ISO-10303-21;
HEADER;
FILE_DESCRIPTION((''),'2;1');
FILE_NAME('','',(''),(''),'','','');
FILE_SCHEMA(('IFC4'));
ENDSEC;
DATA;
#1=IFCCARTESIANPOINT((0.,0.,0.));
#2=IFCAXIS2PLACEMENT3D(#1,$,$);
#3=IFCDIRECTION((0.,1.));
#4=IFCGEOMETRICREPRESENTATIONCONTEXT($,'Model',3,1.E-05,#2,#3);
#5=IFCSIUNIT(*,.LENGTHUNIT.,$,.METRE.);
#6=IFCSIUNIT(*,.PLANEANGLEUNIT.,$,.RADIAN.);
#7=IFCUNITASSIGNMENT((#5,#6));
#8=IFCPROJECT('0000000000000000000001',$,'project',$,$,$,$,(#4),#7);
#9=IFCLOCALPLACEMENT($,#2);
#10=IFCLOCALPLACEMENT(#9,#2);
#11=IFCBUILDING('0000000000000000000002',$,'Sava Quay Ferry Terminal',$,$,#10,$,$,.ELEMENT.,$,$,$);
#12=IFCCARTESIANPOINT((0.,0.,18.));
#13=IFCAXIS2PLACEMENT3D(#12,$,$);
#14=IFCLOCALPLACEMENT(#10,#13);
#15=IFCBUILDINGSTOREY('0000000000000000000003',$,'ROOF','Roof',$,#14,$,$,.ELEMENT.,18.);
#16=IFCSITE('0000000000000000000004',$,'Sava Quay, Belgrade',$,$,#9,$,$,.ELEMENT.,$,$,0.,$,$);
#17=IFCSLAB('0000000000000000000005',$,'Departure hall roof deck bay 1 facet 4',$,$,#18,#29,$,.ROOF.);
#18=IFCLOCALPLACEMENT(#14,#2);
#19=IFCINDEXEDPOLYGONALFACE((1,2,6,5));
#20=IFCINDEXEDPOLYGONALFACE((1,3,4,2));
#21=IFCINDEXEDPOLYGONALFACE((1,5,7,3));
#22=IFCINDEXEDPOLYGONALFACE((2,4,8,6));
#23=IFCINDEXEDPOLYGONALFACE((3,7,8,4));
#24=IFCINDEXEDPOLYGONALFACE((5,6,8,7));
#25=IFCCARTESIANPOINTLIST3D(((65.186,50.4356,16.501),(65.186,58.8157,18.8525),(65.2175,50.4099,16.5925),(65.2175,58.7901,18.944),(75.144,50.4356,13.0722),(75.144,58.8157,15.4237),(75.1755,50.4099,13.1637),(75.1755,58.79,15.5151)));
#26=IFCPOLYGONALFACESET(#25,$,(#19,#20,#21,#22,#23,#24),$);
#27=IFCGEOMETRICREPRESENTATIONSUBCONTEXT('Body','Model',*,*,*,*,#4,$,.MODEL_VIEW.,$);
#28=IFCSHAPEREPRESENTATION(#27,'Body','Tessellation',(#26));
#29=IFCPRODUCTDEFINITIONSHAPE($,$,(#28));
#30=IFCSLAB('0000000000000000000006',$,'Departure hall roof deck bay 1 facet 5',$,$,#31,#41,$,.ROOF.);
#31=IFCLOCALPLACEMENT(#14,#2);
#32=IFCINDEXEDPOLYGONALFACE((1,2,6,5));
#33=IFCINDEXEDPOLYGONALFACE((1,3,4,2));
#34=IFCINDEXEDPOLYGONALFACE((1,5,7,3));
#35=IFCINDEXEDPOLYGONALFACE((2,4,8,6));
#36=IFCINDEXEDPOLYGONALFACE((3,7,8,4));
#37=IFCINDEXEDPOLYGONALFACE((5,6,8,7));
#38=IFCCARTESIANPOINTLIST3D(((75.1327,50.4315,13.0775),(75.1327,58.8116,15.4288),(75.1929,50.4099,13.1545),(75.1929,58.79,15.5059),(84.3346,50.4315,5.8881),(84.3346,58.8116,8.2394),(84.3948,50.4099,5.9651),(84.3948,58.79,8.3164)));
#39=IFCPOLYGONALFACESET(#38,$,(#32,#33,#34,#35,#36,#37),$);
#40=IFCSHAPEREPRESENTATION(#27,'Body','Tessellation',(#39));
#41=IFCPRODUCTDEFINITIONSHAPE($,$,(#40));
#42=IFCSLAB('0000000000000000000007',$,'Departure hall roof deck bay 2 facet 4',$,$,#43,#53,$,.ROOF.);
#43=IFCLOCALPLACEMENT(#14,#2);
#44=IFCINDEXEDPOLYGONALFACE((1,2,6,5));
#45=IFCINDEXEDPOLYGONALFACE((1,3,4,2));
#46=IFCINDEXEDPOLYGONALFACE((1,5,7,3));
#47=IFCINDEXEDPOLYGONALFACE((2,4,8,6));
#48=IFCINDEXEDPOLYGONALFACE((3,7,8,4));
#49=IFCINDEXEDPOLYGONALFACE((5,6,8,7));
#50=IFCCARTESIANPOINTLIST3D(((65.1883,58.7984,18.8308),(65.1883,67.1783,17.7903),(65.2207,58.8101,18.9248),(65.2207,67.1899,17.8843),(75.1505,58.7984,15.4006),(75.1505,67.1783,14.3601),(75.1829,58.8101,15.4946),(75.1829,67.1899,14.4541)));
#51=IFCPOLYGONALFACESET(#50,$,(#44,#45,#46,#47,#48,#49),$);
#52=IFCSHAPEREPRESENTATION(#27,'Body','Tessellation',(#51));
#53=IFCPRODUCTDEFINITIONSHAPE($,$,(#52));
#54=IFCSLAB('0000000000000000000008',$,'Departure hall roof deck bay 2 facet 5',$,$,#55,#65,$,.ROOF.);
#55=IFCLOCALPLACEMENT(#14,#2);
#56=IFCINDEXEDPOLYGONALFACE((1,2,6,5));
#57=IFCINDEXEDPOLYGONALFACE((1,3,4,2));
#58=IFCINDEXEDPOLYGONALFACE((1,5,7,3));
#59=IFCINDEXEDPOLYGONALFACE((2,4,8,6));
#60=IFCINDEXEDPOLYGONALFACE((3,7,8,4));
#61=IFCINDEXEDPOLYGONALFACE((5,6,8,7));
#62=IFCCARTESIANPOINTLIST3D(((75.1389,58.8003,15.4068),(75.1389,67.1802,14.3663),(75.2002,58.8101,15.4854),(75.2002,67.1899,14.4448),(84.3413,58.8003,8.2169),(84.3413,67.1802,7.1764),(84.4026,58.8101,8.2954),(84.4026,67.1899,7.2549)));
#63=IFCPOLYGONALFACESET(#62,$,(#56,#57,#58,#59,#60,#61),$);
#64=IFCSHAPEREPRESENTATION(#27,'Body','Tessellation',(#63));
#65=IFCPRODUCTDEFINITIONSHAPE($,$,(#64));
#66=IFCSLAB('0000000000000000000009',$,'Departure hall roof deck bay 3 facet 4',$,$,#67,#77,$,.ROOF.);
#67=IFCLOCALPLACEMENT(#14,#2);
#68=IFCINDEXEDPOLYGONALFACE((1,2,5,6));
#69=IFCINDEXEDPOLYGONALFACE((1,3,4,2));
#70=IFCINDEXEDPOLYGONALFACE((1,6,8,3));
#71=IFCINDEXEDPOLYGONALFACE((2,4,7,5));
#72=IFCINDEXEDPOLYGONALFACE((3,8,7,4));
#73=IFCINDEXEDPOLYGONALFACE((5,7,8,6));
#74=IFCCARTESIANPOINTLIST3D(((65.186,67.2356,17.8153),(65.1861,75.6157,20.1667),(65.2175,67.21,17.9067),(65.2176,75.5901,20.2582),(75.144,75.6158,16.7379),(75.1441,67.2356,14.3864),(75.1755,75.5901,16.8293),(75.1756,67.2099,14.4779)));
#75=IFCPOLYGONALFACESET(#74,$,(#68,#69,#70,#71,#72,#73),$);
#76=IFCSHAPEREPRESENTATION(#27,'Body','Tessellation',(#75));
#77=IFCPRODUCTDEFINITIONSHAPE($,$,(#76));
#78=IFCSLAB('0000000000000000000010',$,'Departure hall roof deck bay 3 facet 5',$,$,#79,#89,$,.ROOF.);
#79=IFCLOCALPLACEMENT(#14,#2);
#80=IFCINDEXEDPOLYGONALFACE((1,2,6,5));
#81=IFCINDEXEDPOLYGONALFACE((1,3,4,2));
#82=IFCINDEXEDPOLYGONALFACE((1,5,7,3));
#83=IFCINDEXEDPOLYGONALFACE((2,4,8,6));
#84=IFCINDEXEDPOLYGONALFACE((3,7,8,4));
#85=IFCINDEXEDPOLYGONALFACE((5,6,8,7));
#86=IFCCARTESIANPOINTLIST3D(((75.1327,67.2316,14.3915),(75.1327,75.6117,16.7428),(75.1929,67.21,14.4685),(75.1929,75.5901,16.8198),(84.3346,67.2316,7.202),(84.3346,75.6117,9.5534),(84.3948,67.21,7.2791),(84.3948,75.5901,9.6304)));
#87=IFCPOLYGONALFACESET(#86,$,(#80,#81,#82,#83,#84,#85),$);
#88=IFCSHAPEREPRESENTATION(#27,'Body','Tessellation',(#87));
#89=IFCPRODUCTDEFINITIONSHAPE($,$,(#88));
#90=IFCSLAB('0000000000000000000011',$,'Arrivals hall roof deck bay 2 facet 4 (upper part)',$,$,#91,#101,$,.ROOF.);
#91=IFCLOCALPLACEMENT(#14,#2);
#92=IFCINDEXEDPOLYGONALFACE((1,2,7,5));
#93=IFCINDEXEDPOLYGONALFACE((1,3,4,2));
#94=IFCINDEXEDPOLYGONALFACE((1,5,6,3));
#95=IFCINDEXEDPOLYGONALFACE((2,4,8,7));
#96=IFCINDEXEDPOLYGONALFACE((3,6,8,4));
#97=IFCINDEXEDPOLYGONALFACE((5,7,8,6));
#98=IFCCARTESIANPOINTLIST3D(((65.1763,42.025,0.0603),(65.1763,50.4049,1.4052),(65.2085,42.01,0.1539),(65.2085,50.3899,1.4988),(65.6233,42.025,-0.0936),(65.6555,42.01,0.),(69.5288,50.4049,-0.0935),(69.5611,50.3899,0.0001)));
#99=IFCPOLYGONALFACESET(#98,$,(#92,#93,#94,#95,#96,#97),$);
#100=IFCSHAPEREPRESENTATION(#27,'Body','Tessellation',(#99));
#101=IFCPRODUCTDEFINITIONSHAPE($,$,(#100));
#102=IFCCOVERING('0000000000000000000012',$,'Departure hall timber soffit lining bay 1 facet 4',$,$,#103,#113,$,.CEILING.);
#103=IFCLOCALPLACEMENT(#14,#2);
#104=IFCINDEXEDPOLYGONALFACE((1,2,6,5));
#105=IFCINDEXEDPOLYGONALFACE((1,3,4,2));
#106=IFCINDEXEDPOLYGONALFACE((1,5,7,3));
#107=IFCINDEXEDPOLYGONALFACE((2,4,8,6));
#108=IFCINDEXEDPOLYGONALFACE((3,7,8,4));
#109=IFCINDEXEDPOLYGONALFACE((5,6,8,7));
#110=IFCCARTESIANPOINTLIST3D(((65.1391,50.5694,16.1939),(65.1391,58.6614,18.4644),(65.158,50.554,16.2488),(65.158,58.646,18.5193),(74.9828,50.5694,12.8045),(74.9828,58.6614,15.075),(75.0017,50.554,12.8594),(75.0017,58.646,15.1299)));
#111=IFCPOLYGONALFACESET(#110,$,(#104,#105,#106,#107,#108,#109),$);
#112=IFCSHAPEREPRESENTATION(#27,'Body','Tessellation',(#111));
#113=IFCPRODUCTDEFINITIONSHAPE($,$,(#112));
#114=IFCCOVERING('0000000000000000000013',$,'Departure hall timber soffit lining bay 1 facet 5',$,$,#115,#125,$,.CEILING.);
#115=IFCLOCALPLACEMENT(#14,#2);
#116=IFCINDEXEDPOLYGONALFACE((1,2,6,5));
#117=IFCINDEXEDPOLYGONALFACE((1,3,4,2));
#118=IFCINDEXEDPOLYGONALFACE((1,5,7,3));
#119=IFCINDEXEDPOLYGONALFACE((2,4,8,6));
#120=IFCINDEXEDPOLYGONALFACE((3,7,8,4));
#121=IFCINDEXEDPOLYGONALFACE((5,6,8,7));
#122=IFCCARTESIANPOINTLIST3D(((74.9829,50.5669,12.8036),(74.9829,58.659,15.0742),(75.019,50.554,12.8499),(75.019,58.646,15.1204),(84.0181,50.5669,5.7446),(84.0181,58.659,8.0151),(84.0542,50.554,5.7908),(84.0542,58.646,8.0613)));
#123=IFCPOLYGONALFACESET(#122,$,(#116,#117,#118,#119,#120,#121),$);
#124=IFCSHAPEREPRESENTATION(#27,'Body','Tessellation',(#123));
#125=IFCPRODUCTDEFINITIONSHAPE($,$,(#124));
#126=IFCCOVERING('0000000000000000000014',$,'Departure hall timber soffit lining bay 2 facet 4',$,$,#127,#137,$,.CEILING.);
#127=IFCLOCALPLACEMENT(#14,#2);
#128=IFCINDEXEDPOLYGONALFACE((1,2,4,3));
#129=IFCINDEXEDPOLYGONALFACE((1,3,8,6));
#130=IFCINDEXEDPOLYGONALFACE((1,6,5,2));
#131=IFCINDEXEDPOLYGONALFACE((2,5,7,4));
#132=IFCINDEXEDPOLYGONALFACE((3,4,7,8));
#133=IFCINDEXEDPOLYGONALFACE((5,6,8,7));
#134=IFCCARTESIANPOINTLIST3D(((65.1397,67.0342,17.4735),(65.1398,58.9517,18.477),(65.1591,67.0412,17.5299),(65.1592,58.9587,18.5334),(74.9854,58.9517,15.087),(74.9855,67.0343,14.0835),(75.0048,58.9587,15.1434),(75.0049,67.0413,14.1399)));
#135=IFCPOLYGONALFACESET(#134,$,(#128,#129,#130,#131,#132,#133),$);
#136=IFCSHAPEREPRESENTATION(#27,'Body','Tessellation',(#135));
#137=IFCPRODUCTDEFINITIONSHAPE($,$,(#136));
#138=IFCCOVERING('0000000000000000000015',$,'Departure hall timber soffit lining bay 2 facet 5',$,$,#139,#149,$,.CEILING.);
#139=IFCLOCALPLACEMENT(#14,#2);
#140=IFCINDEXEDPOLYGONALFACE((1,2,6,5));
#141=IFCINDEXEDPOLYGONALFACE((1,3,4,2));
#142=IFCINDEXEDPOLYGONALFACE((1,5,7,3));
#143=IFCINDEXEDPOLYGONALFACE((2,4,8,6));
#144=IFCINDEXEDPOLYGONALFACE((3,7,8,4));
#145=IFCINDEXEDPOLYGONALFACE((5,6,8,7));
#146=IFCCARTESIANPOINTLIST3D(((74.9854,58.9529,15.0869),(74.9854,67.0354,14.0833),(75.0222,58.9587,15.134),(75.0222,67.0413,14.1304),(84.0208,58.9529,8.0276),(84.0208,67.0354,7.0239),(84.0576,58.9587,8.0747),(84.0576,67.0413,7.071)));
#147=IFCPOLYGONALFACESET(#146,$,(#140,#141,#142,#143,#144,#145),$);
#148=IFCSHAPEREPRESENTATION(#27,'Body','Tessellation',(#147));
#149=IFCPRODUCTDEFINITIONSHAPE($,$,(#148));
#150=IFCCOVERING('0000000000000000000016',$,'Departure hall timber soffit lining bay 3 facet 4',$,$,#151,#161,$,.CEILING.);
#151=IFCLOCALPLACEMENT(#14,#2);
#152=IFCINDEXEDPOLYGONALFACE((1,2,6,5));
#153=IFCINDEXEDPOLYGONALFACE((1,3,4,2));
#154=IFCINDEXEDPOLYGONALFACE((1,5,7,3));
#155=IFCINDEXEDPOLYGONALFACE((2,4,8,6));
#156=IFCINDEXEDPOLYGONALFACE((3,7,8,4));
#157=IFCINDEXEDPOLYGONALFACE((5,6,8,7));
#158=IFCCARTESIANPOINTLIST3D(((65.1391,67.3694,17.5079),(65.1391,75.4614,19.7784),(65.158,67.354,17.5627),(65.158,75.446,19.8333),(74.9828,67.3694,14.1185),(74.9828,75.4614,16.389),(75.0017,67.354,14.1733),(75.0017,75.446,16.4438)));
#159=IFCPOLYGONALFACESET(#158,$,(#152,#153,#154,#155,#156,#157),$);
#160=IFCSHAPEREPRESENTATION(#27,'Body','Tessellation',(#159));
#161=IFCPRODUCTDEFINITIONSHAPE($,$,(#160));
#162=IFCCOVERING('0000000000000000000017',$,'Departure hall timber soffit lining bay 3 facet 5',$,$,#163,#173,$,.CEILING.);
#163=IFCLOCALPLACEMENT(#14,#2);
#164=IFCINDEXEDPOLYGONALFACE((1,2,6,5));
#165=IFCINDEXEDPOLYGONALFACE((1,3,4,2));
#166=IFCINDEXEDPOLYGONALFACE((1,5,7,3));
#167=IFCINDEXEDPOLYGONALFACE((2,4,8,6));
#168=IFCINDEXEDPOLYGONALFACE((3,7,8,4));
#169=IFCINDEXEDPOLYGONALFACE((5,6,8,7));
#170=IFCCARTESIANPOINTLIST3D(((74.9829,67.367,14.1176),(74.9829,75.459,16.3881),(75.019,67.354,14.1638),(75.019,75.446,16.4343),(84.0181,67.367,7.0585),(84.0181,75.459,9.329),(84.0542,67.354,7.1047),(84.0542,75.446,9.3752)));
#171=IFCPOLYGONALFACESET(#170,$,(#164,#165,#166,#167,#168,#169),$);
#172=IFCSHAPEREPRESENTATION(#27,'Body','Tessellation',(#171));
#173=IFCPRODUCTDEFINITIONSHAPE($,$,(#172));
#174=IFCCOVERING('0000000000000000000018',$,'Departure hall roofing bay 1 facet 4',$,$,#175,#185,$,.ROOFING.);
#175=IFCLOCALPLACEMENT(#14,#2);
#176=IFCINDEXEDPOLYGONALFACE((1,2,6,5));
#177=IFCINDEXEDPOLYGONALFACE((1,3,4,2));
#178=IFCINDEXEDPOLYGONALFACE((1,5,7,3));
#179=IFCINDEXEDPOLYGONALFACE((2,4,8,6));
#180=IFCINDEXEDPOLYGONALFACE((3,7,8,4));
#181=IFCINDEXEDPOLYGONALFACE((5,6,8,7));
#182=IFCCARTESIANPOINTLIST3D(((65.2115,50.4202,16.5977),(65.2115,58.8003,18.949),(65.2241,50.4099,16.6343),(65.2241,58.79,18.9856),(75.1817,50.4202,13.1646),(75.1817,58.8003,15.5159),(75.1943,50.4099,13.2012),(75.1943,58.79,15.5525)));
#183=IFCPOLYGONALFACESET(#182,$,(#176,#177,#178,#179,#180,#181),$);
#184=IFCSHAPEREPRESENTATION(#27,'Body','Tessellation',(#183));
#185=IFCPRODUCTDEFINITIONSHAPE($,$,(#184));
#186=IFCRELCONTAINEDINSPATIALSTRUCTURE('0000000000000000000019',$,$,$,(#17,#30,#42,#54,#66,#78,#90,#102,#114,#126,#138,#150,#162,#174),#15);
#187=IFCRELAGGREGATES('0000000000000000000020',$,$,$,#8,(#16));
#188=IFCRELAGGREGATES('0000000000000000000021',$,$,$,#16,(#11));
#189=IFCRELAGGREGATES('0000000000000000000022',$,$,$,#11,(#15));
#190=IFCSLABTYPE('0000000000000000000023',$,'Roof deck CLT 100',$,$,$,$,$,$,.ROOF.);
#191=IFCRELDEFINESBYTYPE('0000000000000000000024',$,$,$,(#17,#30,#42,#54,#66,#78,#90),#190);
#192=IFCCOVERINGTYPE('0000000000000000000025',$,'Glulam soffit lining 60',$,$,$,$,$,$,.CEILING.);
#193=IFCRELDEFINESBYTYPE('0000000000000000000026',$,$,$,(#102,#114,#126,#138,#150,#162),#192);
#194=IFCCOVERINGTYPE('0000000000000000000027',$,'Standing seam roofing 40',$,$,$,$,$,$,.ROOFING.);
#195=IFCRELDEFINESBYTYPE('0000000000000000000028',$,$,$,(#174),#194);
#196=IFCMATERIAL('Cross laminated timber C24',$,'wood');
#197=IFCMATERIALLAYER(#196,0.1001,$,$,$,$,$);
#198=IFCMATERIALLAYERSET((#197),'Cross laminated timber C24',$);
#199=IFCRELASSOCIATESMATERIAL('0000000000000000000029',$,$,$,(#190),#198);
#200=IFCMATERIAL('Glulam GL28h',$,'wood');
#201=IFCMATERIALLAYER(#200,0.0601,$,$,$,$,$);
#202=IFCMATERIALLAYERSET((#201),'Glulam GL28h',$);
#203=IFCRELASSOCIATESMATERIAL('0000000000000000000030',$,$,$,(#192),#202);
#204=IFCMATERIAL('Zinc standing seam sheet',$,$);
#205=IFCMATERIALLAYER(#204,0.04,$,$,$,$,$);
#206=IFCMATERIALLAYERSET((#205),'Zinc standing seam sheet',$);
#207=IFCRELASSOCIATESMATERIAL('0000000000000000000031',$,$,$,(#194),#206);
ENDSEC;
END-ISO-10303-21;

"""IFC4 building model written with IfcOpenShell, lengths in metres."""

from ifc_helpers import new_model, si_unit, direction, frame, origin, place, context, subcontext, project, spatial, polyline, outline, extrude, material, layer, layer_set, type_object, element, save


model = new_model("IFC4")

# Units and contexts
model_context = context("Model", 3, precision=1e-05, world=origin(), true_north=direction((0.0, 1.0)))
body_context = subcontext(model_context, "Body", "Model", "MODEL_VIEW")
ifc_project = project(units=[si_unit("LENGTHUNIT", "METRE"), si_unit("PLANEANGLEUNIT", "RADIAN")], contexts=[model_context])

# Site, building, storey
site_placement = place(None, origin())
site = spatial("IfcSite", under=ifc_project, at=site_placement, Name="Sava Quay, Belgrade", CompositionType="ELEMENT", RefElevation=0.0)
building_placement = place(site_placement, origin())
building = spatial("IfcBuilding", under=site, at=building_placement, Name="Sava Quay Ferry Terminal", CompositionType="ELEMENT")
storey_placement = place(building_placement, frame((0.0, 0.0, 18.0)))
storey = spatial("IfcBuildingStorey", under=building, at=storey_placement, Name="ROOF", Description="Roof", CompositionType="ELEMENT", Elevation=18.0)

# Slabs
ifc_material_1 = material(Name="Cross laminated timber C24", Category="wood")
ifc_layer_1 = layer(ifc_material_1, 0.1001)
ifc_layer_set_1 = layer_set([ifc_layer_1], Name="Cross laminated timber C24")
slab_type = type_object("IfcSlabType", Name="Roof deck CLT 100", PredefinedType="ROOF", material=ifc_layer_set_1)
slab_1_placement = place(storey_placement, frame((65.2175, 50.4099, 16.5925), z_axis=(0.314683, -0.256438, 0.913901), x_axis=(-0.000004, 0.962814, 0.270164)))
element("IfcSlab", 1, at=slab_1_placement, inside=storey, type_object=slab_type, Name="Departure hall roof deck bay 1 facet 4", PredefinedType="ROOF", context=body_context, shape_type="SweptSolid", body=[
    extrude(outline(polyline([(0.0, 0.0), (8.7038, 0.0), (7.7774, -10.491), (-0.9264, -10.4909), (0.0, 0.0)])), origin(), (0.0, 0.0, -1.0), 0.1001),
])
slab_2_placement = place(storey_placement, frame((75.1929, 50.4099, 13.1545), z_axis=(0.60115, -0.215887, 0.769423), x_axis=(0.0, 0.962818, 0.27015)))
element("IfcSlab", 2, at=slab_2_placement, inside=storey, type_object=slab_type, Name="Departure hall roof deck bay 1 facet 5", PredefinedType="ROOF", context=body_context, shape_type="SweptSolid", body=[
    extrude(outline(polyline([(0.0, 0.0), (8.7037, 0.0), (6.7615, -11.5148), (-1.9422, -11.5148), (0.0, 0.0)])), origin(), (0.0, 0.0, -1.0), 0.1001),
])
slab_3_placement = place(storey_placement, frame((65.2207, 58.8101, 18.9248), z_axis=(0.323341, 0.116604, 0.939071), x_axis=(0.0, 0.992379, -0.123223)))
element("IfcSlab", 3, at=slab_3_placement, inside=storey, type_object=slab_type, Name="Departure hall roof deck bay 2 facet 4", PredefinedType="ROOF", context=body_context, shape_type="SweptSolid", body=[
    extrude(outline(polyline([(0.0, 0.0), (8.4442, 0.0), (8.8669, -10.5277), (0.4227, -10.5277), (0.0, 0.0)])), origin(), (0.0, 0.0, -1.0), 0.1001),
])
slab_4_placement = place(storey_placement, frame((75.2002, 58.8101, 15.4854), z_axis=(0.612748, 0.097381, 0.784255), x_axis=(0.0, 0.992379, -0.123223)))
element("IfcSlab", 4, at=slab_4_placement, inside=storey, type_object=slab_type, Name="Departure hall roof deck bay 2 facet 5", PredefinedType="ROOF", context=body_context, shape_type="SweptSolid", body=[
    extrude(outline(polyline([(0.0, 0.0), (8.4442, 0.0), (9.3302, -11.6445), (0.886, -11.6445), (0.0, 0.0)])), origin(), (0.0, 0.0, -1.0), 0.1001),
])
slab_5_placement = place(storey_placement, frame((65.2175, 67.21, 17.9067), z_axis=(0.314683, -0.256438, 0.913901), x_axis=(0.000004, 0.962815, 0.270162)))
element("IfcSlab", 5, at=slab_5_placement, inside=storey, type_object=slab_type, Name="Departure hall roof deck bay 3 facet 4", PredefinedType="ROOF", context=body_context, shape_type="SweptSolid", body=[
    extrude(outline(polyline([(0.0, 0.0), (8.7037, 0.0), (7.7775, -10.4909), (-0.9263, -10.491), (0.0, 0.0)])), origin(), (0.0, 0.0, -1.0), 0.1001),
])
slab_6_placement = place(storey_placement, frame((75.1929, 67.21, 14.4685), z_axis=(0.60115, -0.215887, 0.769423), x_axis=(0.0, 0.962818, 0.27015)))
element("IfcSlab", 6, at=slab_6_placement, inside=storey, type_object=slab_type, Name="Departure hall roof deck bay 3 facet 5", PredefinedType="ROOF", context=body_context, shape_type="SweptSolid", body=[
    extrude(outline(polyline([(0.0, 0.0), (8.7037, 0.0), (6.7615, -11.5148), (-1.9422, -11.5148), (0.0, 0.0)])), origin(), (0.0, 0.0, -1.0), 0.1001),
])
slab_7_placement = place(storey_placement, frame((65.2085, 50.3899, 1.4988), z_axis=(0.321878, -0.150026, 0.934819), x_axis=(0.94552, -0.000003, -0.325563)))
element("IfcSlab", 7, at=slab_7_placement, inside=storey, type_object=slab_type, Name="Arrivals hall roof deck bay 2 facet 4 (upper part)", PredefinedType="ROOF", context=body_context, shape_type="SweptSolid", body=[
    extrude(outline(polyline([(0.0, 0.0), (4.6034, 0.0), (0.9106, -8.4758), (0.4379, -8.4758), (0.0, 0.0)])), origin(), (0.0, 0.0, -1.0), 0.1001),
])

# Coverings
ifc_material_2 = material(Name="Glulam GL28h", Category="wood")
ifc_layer_2 = layer(ifc_material_2, 0.0601)
ifc_layer_set_2 = layer_set([ifc_layer_2], Name="Glulam GL28h")
covering_type_1 = type_object("IfcCoveringType", Name="Glulam soffit lining 60", PredefinedType="CEILING", material=ifc_layer_set_2)
covering_1_placement = place(storey_placement, frame((65.158, 50.554, 16.2488), z_axis=(0.314676, -0.256428, 0.913905), x_axis=(0.0, 0.962818, 0.270152)))
element("IfcCovering", 8, at=covering_1_placement, inside=storey, type_object=covering_type_1, Name="Departure hall timber soffit lining bay 1 facet 4", PredefinedType="CEILING", context=body_context, shape_type="SweptSolid", body=[
    extrude(outline(polyline([(0.0, 0.0), (8.4045, 0.0), (7.4889, -10.3706), (-0.9157, -10.3706), (0.0, 0.0)])), origin(), (0.0, 0.0, -1.0), 0.0601),
])
covering_2_placement = place(storey_placement, frame((75.019, 50.554, 12.8499), z_axis=(0.601145, -0.21589, 0.769426), x_axis=(0.0, 0.962818, 0.270152)))
element("IfcCovering", 9, at=covering_2_placement, inside=storey, type_object=covering_type_1, Name="Departure hall timber soffit lining bay 1 facet 5", PredefinedType="CEILING", context=body_context, shape_type="SweptSolid", body=[
    extrude(outline(polyline([(0.0, 0.0), (8.4045, 0.0), (6.4975, -11.3061), (-1.907, -11.3061), (0.0, 0.0)])), origin(), (0.0, 0.0, -1.0), 0.0601),
])
covering_3_placement = place(storey_placement, frame((65.1592, 58.9587, 18.5334), z_axis=(0.323336, 0.116597, 0.939073), x_axis=(-0.000005, 0.99238, -0.123214)))
element("IfcCovering", 10, at=covering_3_placement, inside=storey, type_object=covering_type_1, Name="Departure hall timber soffit lining bay 2 facet 4", PredefinedType="CEILING", context=body_context, shape_type="SweptSolid", body=[
    extrude(outline(polyline([(0.0, 0.0), (8.1446, 0.0), (8.5622, -10.4046), (0.4176, -10.4046), (0.0, 0.0)])), origin(), (0.0, 0.0, -1.0), 0.0601),
])
covering_4_placement = place(storey_placement, frame((75.0222, 58.9587, 15.134), z_axis=(0.61274, 0.097387, 0.784261), x_axis=(0.0, 0.992378, -0.12323)))
element("IfcCovering", 11, at=covering_4_placement, inside=storey, type_object=covering_type_1, Name="Departure hall timber soffit lining bay 2 facet 5", PredefinedType="CEILING", context=body_context, shape_type="SweptSolid", body=[
    extrude(outline(polyline([(0.0, 0.0), (8.1446, 0.0), (9.0145, -11.4331), (0.8699, -11.4331), (0.0, 0.0)])), origin(), (0.0, 0.0, -1.0), 0.0601),
])
covering_5_placement = place(storey_placement, frame((65.158, 67.354, 17.5627), z_axis=(0.314676, -0.256428, 0.913905), x_axis=(0.0, 0.962818, 0.270152)))
element("IfcCovering", 12, at=covering_5_placement, inside=storey, type_object=covering_type_1, Name="Departure hall timber soffit lining bay 3 facet 4", PredefinedType="CEILING", context=body_context, shape_type="SweptSolid", body=[
    extrude(outline(polyline([(0.0, 0.0), (8.4045, 0.0), (7.4889, -10.3706), (-0.9157, -10.3706), (0.0, 0.0)])), origin(), (0.0, 0.0, -1.0), 0.0601),
])
covering_6_placement = place(storey_placement, frame((75.019, 67.354, 14.1638), z_axis=(0.601145, -0.21589, 0.769426), x_axis=(0.0, 0.962818, 0.270152)))
element("IfcCovering", 13, at=covering_6_placement, inside=storey, type_object=covering_type_1, Name="Departure hall timber soffit lining bay 3 facet 5", PredefinedType="CEILING", context=body_context, shape_type="SweptSolid", body=[
    extrude(outline(polyline([(0.0, 0.0), (8.4045, 0.0), (6.4975, -11.3061), (-1.907, -11.3061), (0.0, 0.0)])), origin(), (0.0, 0.0, -1.0), 0.0601),
])
ifc_material_3 = material(Name="Zinc standing seam sheet")
ifc_layer_3 = layer(ifc_material_3, 0.04)
ifc_layer_set_3 = layer_set([ifc_layer_3], Name="Zinc standing seam sheet")
covering_type_2 = type_object("IfcCoveringType", Name="Standing seam roofing 40", PredefinedType="ROOFING", material=ifc_layer_set_3)
covering_7_placement = place(storey_placement, frame((65.2241, 50.4099, 16.6343), z_axis=(0.314689, -0.256425, 0.913902), x_axis=(0.0, 0.962818, 0.27015)))
element("IfcCovering", 14, at=covering_7_placement, inside=storey, type_object=covering_type_2, Name="Departure hall roofing bay 1 facet 4", PredefinedType="ROOFING", context=body_context, shape_type="SweptSolid", body=[
    extrude(outline(polyline([(0.0, 0.0), (8.7037, 0.0), (7.7763, -10.5039), (-0.9275, -10.5039), (0.0, 0.0)])), origin(), (0.0, 0.0, -1.0), 0.04),
])

save(model, "model.ifc")
